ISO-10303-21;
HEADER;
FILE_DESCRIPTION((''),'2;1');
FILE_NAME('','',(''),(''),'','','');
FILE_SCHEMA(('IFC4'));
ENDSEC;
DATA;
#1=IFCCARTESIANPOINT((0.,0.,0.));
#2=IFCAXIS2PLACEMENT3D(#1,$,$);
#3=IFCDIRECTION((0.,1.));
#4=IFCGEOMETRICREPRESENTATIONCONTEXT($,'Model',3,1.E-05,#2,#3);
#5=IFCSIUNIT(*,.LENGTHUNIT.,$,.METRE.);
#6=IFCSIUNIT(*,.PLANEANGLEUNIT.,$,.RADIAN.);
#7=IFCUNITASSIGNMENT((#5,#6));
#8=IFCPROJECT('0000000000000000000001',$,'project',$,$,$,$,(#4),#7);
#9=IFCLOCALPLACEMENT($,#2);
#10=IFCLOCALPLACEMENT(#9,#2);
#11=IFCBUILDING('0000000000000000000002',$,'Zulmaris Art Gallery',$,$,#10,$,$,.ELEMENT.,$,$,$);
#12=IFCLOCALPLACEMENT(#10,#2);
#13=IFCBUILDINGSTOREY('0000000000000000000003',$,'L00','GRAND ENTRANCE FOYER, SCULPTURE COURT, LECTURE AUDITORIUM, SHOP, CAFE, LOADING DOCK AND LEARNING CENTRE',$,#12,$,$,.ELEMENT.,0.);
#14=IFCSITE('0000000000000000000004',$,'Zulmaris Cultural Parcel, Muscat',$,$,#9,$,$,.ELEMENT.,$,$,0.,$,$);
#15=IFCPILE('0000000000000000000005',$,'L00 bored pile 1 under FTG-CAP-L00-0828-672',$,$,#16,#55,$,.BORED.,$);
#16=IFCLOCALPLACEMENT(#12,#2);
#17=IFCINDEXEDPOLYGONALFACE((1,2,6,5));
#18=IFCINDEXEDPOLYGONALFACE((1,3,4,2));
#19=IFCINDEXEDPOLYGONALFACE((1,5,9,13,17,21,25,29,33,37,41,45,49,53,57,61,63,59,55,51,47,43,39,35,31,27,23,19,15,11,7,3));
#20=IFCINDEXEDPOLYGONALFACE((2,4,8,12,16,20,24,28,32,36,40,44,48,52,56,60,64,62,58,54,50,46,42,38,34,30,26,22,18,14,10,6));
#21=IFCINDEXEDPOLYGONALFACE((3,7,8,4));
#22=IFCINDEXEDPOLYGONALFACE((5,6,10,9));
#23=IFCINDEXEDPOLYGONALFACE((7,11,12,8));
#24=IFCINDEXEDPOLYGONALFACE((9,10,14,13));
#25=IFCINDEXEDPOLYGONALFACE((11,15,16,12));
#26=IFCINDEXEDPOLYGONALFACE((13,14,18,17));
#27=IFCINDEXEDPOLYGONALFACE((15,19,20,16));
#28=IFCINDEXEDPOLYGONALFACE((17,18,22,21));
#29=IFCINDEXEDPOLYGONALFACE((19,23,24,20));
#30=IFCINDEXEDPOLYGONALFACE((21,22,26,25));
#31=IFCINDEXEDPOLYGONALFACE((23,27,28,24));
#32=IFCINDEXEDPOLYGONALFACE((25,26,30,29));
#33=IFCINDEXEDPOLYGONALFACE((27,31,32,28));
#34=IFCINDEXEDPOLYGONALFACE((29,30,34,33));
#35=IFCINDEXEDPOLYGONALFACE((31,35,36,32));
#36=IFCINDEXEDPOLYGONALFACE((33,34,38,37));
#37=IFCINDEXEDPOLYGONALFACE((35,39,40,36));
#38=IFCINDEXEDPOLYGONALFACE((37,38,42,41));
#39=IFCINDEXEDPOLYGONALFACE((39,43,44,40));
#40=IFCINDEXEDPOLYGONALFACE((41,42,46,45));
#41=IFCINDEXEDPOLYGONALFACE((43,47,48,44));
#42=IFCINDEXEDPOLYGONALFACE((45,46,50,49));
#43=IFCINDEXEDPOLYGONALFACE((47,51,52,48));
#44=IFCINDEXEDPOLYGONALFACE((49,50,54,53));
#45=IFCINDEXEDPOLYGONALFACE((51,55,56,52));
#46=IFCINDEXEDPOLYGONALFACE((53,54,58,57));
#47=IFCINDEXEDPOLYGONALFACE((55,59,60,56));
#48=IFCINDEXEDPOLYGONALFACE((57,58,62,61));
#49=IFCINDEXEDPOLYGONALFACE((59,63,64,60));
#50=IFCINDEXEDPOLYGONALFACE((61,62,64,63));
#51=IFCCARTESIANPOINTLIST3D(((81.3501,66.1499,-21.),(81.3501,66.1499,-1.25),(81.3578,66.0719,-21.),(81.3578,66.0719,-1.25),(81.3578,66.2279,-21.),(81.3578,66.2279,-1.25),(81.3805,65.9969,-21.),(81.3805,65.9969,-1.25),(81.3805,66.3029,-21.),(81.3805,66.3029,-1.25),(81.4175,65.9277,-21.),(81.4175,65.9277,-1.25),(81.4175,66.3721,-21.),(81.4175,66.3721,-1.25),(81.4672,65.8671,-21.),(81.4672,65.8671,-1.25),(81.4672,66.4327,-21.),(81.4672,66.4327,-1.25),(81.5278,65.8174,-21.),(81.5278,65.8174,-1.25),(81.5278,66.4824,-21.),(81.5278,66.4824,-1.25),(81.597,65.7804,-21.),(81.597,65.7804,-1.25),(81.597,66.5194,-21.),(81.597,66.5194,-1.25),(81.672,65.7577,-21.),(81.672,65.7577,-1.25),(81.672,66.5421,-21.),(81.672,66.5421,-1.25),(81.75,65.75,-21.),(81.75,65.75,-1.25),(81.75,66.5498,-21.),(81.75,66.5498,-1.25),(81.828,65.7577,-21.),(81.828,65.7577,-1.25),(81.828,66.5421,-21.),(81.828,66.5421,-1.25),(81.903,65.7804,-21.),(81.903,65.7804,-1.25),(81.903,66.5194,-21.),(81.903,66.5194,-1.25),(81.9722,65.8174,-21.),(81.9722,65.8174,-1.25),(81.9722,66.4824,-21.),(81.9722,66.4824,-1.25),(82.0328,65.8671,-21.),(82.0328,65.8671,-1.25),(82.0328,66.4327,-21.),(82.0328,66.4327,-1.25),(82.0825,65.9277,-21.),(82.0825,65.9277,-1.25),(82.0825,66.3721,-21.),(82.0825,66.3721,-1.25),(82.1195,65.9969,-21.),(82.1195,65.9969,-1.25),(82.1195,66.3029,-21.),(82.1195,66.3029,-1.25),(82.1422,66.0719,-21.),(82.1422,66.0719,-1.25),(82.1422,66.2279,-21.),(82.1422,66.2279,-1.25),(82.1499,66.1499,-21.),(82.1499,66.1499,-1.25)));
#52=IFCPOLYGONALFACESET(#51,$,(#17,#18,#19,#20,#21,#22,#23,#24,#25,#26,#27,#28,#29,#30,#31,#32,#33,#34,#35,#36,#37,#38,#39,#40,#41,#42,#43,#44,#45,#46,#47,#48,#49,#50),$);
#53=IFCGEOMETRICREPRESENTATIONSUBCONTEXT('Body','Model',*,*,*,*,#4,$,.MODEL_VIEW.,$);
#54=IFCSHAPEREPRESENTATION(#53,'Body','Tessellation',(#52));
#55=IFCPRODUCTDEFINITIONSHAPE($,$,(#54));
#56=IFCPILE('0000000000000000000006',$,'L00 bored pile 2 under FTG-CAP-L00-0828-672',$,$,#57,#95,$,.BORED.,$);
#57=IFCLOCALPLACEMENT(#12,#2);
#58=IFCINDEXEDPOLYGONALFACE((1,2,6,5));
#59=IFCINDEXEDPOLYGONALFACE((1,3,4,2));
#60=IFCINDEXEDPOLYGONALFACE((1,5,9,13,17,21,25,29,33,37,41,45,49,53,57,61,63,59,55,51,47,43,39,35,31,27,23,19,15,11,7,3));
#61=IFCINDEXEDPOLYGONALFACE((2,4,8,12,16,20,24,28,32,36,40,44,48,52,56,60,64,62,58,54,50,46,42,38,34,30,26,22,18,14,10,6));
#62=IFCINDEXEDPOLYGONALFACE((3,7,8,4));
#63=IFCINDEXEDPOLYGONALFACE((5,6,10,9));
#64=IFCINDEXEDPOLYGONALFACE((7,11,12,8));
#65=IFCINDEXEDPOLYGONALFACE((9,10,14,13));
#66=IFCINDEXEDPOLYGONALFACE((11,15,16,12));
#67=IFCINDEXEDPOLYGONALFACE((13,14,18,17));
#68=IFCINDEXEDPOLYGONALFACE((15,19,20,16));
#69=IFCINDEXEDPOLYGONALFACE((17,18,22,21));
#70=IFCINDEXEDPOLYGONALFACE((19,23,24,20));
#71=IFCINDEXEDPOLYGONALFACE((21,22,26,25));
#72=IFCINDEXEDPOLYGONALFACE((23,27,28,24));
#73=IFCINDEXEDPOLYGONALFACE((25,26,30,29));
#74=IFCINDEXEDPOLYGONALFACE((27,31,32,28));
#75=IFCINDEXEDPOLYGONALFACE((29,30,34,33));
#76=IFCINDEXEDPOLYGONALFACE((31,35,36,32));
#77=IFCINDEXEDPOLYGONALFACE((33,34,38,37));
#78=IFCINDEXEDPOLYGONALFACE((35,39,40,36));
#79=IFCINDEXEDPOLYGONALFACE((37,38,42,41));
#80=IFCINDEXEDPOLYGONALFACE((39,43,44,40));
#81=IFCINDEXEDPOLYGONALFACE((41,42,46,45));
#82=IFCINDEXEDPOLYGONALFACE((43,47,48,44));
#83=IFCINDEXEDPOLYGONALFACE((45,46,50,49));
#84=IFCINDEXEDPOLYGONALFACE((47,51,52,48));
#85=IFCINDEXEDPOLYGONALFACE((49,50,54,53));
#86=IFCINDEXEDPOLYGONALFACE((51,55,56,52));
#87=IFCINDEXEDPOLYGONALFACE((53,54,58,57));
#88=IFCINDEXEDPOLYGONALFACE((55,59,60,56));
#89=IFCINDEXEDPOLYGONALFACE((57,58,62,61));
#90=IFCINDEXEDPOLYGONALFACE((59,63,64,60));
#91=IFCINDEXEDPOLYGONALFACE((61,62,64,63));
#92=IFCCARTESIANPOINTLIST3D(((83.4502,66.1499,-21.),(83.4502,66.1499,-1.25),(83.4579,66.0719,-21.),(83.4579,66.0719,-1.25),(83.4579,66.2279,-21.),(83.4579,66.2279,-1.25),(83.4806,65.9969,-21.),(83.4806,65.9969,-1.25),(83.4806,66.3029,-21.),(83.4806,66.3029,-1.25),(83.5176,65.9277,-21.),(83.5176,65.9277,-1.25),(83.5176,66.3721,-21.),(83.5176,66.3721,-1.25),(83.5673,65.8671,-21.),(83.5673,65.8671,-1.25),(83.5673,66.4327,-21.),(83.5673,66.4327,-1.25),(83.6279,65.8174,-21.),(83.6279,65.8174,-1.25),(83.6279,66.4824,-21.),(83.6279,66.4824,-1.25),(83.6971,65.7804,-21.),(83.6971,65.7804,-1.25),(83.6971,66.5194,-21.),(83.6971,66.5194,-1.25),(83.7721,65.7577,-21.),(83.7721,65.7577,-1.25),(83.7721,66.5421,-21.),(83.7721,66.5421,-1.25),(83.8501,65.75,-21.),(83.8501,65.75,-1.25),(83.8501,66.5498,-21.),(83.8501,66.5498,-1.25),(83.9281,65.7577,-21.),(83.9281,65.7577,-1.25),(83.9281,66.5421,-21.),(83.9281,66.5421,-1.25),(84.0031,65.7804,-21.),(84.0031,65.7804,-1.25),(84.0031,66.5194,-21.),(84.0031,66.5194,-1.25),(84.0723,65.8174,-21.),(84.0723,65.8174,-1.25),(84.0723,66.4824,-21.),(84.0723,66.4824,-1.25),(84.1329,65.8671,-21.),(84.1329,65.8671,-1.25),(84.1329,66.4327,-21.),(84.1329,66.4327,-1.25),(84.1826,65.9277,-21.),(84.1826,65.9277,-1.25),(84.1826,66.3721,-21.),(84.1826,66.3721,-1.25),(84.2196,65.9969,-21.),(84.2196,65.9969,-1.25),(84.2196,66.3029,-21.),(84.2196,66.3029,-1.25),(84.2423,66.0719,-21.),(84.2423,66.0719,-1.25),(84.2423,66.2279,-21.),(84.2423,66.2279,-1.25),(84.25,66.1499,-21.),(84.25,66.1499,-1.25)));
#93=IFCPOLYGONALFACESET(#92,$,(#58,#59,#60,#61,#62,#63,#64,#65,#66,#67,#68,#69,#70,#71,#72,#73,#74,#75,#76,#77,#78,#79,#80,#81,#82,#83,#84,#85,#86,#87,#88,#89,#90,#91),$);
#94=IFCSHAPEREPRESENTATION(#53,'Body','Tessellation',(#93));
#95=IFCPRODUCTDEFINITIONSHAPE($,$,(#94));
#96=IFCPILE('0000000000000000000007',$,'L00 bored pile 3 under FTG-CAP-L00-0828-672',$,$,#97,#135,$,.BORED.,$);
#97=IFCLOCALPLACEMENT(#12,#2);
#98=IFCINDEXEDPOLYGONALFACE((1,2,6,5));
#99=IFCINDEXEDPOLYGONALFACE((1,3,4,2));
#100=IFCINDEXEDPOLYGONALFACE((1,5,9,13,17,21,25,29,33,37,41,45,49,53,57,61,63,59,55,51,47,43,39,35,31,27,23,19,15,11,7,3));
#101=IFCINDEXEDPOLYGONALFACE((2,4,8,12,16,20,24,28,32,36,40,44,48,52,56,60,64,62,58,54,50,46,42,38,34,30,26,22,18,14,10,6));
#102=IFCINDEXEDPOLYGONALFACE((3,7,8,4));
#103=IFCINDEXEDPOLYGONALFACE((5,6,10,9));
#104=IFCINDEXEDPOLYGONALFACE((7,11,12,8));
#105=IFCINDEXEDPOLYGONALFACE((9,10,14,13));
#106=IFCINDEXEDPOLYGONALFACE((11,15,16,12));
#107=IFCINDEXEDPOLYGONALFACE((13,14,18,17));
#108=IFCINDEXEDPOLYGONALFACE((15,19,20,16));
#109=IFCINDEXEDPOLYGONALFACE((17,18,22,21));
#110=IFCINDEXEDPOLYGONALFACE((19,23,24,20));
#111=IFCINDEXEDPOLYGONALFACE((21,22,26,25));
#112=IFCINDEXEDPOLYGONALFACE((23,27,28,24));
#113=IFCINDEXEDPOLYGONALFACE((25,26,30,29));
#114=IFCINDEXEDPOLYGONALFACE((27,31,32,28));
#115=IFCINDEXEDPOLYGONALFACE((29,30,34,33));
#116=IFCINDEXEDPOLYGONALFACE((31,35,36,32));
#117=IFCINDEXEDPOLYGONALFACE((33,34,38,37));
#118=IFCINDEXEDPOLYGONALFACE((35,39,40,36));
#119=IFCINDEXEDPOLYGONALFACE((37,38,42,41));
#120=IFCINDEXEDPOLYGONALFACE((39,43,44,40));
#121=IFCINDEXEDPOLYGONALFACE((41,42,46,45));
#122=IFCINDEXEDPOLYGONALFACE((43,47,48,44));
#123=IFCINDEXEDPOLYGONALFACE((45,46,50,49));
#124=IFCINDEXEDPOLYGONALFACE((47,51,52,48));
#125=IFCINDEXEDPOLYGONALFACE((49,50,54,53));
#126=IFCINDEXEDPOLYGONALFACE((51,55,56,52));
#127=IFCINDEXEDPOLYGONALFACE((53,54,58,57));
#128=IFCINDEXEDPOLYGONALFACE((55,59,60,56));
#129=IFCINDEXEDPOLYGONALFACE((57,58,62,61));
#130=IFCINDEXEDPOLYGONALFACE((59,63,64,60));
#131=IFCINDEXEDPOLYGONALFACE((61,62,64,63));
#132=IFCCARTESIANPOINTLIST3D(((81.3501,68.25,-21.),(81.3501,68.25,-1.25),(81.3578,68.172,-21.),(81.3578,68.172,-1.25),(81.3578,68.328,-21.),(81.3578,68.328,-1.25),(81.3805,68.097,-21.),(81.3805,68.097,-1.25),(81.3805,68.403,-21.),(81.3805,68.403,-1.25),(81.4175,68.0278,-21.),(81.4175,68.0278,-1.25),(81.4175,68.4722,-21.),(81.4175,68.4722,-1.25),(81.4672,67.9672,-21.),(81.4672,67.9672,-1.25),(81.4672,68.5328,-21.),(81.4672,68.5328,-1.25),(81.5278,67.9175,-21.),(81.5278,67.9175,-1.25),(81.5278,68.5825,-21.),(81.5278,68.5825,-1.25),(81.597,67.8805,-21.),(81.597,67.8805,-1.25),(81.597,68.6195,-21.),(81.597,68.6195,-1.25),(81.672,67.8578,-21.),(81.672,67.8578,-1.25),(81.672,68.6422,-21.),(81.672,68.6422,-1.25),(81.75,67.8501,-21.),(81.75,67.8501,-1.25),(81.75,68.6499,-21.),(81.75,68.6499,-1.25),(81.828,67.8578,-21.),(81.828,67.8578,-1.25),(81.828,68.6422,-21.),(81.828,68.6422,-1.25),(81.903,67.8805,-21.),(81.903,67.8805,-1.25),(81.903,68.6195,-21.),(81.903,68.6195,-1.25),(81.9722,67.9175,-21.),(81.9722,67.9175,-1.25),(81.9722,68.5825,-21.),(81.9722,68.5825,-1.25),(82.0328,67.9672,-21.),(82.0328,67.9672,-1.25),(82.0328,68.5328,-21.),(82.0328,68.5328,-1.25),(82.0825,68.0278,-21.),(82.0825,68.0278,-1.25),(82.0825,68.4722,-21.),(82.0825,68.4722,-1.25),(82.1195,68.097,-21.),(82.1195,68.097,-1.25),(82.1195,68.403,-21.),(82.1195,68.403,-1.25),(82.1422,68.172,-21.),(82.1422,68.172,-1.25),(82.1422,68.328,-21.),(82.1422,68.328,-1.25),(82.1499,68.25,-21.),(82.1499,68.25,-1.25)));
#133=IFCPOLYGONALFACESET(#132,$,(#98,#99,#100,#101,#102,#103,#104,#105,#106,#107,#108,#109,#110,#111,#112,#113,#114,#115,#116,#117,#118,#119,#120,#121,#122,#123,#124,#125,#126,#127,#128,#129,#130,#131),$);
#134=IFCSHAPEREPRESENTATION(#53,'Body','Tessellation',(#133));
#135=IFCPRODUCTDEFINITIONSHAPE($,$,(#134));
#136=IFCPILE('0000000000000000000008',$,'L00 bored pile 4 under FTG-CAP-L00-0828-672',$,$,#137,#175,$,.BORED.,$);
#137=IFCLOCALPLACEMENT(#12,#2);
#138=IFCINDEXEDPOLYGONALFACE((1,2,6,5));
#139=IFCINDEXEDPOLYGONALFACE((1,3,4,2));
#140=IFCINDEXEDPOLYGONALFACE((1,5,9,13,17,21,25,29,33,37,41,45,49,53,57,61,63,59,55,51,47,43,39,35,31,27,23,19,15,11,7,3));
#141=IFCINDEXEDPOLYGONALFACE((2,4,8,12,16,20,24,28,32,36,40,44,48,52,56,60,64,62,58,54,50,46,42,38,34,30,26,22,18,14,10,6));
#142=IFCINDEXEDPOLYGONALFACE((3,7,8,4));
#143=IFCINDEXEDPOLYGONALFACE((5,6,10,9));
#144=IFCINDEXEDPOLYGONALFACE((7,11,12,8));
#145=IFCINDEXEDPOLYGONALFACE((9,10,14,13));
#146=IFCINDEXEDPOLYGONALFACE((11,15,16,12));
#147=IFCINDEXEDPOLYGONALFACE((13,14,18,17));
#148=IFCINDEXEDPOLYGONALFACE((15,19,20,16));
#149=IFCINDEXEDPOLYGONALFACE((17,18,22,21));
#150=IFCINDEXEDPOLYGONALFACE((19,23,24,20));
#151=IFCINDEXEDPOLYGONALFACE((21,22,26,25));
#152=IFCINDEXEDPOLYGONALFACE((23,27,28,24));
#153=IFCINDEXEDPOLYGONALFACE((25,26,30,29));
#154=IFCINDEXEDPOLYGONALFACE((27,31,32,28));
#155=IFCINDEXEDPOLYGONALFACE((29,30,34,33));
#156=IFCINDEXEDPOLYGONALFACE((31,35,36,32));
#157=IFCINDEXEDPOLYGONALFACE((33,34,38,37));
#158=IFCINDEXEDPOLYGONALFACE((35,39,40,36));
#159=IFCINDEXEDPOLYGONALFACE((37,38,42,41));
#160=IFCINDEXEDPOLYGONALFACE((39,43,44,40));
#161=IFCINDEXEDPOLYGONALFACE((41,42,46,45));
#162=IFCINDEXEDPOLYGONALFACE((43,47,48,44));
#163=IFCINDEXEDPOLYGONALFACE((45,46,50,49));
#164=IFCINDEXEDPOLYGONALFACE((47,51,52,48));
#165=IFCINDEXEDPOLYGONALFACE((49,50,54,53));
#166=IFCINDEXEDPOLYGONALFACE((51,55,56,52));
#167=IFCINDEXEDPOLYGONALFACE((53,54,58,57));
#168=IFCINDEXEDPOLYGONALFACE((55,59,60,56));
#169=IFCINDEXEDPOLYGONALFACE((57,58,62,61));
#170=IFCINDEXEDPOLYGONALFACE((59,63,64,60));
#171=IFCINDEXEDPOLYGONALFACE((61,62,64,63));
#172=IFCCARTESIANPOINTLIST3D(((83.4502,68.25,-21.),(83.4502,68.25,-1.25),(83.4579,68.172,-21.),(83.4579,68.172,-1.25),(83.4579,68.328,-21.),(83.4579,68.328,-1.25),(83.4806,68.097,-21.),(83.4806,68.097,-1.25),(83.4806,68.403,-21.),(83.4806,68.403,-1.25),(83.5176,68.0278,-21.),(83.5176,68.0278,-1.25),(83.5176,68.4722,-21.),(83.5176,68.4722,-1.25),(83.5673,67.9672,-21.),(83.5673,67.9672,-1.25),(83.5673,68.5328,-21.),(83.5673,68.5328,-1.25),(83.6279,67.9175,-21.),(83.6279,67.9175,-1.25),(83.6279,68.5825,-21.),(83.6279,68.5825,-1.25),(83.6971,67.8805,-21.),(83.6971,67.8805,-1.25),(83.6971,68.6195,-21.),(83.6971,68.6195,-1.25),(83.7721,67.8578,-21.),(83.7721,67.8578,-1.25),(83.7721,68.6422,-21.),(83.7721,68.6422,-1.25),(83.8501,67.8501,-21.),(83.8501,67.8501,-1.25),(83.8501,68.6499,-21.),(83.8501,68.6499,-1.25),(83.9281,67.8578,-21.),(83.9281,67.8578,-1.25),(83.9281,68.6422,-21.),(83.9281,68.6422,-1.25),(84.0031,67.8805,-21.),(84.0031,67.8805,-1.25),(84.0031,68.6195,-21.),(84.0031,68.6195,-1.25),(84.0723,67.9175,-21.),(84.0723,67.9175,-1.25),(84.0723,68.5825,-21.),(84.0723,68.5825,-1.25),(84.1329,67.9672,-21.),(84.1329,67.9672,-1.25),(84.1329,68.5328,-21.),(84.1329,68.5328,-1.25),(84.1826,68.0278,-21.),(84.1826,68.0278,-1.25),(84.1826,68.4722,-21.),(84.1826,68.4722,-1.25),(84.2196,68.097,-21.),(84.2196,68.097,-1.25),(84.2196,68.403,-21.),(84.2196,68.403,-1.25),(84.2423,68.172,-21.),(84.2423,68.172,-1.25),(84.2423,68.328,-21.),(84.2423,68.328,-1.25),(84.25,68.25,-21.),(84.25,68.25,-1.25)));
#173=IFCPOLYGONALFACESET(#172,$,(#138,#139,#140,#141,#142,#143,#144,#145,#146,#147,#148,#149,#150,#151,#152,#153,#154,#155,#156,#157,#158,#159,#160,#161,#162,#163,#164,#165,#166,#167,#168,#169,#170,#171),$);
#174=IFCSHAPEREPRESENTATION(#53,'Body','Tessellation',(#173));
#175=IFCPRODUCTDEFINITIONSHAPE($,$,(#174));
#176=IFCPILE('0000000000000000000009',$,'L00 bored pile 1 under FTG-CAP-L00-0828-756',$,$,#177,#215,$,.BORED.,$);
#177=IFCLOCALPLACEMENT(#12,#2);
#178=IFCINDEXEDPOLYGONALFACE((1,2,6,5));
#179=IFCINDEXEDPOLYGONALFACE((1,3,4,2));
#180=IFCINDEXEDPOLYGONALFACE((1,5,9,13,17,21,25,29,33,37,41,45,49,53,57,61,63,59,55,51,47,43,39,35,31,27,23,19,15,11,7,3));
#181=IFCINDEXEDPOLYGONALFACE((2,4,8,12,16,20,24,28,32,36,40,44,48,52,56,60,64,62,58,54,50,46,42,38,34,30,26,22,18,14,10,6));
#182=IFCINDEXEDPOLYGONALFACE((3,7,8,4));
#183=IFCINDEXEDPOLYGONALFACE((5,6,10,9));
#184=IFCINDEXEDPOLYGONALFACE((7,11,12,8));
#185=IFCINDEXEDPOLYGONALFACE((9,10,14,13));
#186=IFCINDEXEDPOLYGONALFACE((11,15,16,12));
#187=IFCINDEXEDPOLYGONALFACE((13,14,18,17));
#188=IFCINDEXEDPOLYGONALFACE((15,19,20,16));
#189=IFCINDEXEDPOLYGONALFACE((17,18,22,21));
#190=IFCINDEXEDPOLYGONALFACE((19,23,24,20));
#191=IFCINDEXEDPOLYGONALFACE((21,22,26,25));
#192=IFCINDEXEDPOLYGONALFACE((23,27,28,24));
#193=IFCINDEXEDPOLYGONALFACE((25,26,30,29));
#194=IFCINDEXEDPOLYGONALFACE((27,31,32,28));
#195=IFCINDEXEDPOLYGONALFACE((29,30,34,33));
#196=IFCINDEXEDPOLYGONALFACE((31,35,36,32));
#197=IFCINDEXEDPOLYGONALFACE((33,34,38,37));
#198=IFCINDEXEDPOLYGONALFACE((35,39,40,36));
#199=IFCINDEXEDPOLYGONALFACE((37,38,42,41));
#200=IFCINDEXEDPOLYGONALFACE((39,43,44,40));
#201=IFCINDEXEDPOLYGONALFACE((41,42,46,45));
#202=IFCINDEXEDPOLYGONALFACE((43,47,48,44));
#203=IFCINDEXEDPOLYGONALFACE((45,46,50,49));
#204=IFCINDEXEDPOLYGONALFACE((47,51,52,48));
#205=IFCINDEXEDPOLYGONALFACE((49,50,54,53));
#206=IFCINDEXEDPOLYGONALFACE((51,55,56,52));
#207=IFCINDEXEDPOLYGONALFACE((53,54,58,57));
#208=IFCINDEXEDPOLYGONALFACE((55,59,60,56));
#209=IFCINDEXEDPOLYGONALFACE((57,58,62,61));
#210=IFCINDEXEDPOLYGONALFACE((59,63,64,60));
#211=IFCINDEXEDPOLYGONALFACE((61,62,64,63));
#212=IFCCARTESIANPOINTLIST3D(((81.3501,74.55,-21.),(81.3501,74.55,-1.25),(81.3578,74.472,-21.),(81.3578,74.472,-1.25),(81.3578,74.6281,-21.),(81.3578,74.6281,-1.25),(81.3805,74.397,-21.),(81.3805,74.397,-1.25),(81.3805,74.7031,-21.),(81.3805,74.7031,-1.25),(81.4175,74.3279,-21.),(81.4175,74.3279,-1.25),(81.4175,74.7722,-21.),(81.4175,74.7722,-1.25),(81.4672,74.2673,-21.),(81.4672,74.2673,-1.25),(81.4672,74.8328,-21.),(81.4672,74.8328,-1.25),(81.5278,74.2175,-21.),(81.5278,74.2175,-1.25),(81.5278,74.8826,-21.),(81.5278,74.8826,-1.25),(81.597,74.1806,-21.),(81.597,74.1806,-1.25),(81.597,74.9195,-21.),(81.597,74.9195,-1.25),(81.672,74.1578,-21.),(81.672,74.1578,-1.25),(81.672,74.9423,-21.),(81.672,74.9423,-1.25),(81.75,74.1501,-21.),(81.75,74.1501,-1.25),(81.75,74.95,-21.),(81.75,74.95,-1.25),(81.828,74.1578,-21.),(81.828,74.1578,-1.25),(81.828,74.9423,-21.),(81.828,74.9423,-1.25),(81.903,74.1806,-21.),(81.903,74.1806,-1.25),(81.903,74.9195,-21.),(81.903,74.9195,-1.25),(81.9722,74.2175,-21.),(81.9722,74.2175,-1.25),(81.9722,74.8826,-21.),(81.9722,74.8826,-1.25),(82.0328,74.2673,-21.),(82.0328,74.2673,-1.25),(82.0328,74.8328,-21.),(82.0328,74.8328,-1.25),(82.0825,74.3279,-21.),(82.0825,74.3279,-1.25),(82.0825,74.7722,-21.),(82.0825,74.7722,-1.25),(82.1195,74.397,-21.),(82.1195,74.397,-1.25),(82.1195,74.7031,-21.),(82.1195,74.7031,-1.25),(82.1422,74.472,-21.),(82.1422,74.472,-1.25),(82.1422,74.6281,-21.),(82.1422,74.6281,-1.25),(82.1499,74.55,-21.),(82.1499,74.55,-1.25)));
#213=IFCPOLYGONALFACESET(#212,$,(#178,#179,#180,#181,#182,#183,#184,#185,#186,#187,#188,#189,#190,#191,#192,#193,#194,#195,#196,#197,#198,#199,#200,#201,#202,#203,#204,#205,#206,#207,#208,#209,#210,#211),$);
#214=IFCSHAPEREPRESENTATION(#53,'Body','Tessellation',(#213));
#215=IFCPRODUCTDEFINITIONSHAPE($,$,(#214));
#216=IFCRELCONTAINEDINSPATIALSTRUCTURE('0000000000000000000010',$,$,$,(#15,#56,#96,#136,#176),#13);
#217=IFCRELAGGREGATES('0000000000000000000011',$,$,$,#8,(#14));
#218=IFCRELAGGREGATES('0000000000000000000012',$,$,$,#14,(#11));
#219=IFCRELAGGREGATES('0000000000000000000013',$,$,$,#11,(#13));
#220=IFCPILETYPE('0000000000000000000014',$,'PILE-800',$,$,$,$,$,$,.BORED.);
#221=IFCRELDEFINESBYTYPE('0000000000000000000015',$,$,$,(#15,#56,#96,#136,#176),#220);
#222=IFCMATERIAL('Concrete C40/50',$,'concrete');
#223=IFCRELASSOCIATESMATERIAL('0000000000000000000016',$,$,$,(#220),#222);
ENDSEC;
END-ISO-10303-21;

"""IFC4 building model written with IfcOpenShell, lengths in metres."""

from ifc_helpers import new_model, si_unit, direction, frame, origin, origin_2d, place, context, subcontext, project, spatial, circle, extrude, material, material_profile, profile_set, type_object, element, save


model = new_model("IFC4")

# Units and contexts
model_context = context("Model", 3, precision=1e-05, world=origin(), true_north=direction((0.0, 1.0)))
body_context = subcontext(model_context, "Body", "Model", "MODEL_VIEW")
ifc_project = project(units=[si_unit("LENGTHUNIT", "METRE"), si_unit("PLANEANGLEUNIT", "RADIAN")], contexts=[model_context])

# Site, building, storey
site_placement = place(None, origin())
site = spatial("IfcSite", under=ifc_project, at=site_placement, Name="Zulmaris Cultural Parcel, Muscat", CompositionType="ELEMENT", RefElevation=0.0)
building_placement = place(site_placement, origin())
building = spatial("IfcBuilding", under=site, at=building_placement, Name="Zulmaris Art Gallery", CompositionType="ELEMENT")
storey_placement = place(building_placement, origin())
storey = spatial("IfcBuildingStorey", under=building, at=storey_placement, Name="L00", Description="GRAND ENTRANCE FOYER, SCULPTURE COURT, LECTURE AUDITORIUM, SHOP, CAFE, LOADING DOCK AND LEARNING CENTRE", CompositionType="ELEMENT", Elevation=0.0)

# Piles
ifc_material_1 = material(Name="Concrete C40/50", Category="concrete")
ifc_material_profile_1 = material_profile(ifc_material_1, circle(Radius=0.3999, at=origin_2d()), Name="PILE DIA 800")
ifc_profile_set_1 = profile_set([ifc_material_profile_1], Name="Concrete C40/50")
pile_type_1 = type_object("IfcPileType", Name="PILE-800", PredefinedType="BORED", material=ifc_profile_set_1)
for number, where, z_axis, x_axis, name in (
    (1, (81.75, 66.1499, -1.25), (0.0, 0.0, -1.0), (1.0, 0.0, 0.0), "L00 bored pile 1 under FTG-CAP-L00-0828-672"),
    (2, (83.8501, 66.1499, -1.25), (0.0, 0.0, -1.0), (1.0, 0.0, 0.0), "L00 bored pile 2 under FTG-CAP-L00-0828-672"),
    (3, (81.75, 68.25, -1.25), (0.0, 0.0, -1.0), (1.0, 0.0, 0.0), "L00 bored pile 3 under FTG-CAP-L00-0828-672"),
    (4, (83.8501, 68.25, -1.25), (0.0, 0.0, -1.0), (1.0, 0.0, 0.0), "L00 bored pile 4 under FTG-CAP-L00-0828-672"),
    (5, (81.75, 74.55, -1.25), (0.0, 0.0, -1.0), (1.0, 0.0, 0.0), "L00 bored pile 1 under FTG-CAP-L00-0828-756"),
):
    element("IfcPile", number, at=place(storey_placement, frame(where, z_axis=z_axis, x_axis=x_axis)), inside=storey, type_object=pile_type_1, Name=name, PredefinedType="BORED", context=body_context, shape_type="SweptSolid", body=[
        extrude(circle(Radius=0.3999, at=origin_2d()), origin(), (0.0, 0.0, 1.0), 19.75),
    ])

save(model, "model.ifc")
